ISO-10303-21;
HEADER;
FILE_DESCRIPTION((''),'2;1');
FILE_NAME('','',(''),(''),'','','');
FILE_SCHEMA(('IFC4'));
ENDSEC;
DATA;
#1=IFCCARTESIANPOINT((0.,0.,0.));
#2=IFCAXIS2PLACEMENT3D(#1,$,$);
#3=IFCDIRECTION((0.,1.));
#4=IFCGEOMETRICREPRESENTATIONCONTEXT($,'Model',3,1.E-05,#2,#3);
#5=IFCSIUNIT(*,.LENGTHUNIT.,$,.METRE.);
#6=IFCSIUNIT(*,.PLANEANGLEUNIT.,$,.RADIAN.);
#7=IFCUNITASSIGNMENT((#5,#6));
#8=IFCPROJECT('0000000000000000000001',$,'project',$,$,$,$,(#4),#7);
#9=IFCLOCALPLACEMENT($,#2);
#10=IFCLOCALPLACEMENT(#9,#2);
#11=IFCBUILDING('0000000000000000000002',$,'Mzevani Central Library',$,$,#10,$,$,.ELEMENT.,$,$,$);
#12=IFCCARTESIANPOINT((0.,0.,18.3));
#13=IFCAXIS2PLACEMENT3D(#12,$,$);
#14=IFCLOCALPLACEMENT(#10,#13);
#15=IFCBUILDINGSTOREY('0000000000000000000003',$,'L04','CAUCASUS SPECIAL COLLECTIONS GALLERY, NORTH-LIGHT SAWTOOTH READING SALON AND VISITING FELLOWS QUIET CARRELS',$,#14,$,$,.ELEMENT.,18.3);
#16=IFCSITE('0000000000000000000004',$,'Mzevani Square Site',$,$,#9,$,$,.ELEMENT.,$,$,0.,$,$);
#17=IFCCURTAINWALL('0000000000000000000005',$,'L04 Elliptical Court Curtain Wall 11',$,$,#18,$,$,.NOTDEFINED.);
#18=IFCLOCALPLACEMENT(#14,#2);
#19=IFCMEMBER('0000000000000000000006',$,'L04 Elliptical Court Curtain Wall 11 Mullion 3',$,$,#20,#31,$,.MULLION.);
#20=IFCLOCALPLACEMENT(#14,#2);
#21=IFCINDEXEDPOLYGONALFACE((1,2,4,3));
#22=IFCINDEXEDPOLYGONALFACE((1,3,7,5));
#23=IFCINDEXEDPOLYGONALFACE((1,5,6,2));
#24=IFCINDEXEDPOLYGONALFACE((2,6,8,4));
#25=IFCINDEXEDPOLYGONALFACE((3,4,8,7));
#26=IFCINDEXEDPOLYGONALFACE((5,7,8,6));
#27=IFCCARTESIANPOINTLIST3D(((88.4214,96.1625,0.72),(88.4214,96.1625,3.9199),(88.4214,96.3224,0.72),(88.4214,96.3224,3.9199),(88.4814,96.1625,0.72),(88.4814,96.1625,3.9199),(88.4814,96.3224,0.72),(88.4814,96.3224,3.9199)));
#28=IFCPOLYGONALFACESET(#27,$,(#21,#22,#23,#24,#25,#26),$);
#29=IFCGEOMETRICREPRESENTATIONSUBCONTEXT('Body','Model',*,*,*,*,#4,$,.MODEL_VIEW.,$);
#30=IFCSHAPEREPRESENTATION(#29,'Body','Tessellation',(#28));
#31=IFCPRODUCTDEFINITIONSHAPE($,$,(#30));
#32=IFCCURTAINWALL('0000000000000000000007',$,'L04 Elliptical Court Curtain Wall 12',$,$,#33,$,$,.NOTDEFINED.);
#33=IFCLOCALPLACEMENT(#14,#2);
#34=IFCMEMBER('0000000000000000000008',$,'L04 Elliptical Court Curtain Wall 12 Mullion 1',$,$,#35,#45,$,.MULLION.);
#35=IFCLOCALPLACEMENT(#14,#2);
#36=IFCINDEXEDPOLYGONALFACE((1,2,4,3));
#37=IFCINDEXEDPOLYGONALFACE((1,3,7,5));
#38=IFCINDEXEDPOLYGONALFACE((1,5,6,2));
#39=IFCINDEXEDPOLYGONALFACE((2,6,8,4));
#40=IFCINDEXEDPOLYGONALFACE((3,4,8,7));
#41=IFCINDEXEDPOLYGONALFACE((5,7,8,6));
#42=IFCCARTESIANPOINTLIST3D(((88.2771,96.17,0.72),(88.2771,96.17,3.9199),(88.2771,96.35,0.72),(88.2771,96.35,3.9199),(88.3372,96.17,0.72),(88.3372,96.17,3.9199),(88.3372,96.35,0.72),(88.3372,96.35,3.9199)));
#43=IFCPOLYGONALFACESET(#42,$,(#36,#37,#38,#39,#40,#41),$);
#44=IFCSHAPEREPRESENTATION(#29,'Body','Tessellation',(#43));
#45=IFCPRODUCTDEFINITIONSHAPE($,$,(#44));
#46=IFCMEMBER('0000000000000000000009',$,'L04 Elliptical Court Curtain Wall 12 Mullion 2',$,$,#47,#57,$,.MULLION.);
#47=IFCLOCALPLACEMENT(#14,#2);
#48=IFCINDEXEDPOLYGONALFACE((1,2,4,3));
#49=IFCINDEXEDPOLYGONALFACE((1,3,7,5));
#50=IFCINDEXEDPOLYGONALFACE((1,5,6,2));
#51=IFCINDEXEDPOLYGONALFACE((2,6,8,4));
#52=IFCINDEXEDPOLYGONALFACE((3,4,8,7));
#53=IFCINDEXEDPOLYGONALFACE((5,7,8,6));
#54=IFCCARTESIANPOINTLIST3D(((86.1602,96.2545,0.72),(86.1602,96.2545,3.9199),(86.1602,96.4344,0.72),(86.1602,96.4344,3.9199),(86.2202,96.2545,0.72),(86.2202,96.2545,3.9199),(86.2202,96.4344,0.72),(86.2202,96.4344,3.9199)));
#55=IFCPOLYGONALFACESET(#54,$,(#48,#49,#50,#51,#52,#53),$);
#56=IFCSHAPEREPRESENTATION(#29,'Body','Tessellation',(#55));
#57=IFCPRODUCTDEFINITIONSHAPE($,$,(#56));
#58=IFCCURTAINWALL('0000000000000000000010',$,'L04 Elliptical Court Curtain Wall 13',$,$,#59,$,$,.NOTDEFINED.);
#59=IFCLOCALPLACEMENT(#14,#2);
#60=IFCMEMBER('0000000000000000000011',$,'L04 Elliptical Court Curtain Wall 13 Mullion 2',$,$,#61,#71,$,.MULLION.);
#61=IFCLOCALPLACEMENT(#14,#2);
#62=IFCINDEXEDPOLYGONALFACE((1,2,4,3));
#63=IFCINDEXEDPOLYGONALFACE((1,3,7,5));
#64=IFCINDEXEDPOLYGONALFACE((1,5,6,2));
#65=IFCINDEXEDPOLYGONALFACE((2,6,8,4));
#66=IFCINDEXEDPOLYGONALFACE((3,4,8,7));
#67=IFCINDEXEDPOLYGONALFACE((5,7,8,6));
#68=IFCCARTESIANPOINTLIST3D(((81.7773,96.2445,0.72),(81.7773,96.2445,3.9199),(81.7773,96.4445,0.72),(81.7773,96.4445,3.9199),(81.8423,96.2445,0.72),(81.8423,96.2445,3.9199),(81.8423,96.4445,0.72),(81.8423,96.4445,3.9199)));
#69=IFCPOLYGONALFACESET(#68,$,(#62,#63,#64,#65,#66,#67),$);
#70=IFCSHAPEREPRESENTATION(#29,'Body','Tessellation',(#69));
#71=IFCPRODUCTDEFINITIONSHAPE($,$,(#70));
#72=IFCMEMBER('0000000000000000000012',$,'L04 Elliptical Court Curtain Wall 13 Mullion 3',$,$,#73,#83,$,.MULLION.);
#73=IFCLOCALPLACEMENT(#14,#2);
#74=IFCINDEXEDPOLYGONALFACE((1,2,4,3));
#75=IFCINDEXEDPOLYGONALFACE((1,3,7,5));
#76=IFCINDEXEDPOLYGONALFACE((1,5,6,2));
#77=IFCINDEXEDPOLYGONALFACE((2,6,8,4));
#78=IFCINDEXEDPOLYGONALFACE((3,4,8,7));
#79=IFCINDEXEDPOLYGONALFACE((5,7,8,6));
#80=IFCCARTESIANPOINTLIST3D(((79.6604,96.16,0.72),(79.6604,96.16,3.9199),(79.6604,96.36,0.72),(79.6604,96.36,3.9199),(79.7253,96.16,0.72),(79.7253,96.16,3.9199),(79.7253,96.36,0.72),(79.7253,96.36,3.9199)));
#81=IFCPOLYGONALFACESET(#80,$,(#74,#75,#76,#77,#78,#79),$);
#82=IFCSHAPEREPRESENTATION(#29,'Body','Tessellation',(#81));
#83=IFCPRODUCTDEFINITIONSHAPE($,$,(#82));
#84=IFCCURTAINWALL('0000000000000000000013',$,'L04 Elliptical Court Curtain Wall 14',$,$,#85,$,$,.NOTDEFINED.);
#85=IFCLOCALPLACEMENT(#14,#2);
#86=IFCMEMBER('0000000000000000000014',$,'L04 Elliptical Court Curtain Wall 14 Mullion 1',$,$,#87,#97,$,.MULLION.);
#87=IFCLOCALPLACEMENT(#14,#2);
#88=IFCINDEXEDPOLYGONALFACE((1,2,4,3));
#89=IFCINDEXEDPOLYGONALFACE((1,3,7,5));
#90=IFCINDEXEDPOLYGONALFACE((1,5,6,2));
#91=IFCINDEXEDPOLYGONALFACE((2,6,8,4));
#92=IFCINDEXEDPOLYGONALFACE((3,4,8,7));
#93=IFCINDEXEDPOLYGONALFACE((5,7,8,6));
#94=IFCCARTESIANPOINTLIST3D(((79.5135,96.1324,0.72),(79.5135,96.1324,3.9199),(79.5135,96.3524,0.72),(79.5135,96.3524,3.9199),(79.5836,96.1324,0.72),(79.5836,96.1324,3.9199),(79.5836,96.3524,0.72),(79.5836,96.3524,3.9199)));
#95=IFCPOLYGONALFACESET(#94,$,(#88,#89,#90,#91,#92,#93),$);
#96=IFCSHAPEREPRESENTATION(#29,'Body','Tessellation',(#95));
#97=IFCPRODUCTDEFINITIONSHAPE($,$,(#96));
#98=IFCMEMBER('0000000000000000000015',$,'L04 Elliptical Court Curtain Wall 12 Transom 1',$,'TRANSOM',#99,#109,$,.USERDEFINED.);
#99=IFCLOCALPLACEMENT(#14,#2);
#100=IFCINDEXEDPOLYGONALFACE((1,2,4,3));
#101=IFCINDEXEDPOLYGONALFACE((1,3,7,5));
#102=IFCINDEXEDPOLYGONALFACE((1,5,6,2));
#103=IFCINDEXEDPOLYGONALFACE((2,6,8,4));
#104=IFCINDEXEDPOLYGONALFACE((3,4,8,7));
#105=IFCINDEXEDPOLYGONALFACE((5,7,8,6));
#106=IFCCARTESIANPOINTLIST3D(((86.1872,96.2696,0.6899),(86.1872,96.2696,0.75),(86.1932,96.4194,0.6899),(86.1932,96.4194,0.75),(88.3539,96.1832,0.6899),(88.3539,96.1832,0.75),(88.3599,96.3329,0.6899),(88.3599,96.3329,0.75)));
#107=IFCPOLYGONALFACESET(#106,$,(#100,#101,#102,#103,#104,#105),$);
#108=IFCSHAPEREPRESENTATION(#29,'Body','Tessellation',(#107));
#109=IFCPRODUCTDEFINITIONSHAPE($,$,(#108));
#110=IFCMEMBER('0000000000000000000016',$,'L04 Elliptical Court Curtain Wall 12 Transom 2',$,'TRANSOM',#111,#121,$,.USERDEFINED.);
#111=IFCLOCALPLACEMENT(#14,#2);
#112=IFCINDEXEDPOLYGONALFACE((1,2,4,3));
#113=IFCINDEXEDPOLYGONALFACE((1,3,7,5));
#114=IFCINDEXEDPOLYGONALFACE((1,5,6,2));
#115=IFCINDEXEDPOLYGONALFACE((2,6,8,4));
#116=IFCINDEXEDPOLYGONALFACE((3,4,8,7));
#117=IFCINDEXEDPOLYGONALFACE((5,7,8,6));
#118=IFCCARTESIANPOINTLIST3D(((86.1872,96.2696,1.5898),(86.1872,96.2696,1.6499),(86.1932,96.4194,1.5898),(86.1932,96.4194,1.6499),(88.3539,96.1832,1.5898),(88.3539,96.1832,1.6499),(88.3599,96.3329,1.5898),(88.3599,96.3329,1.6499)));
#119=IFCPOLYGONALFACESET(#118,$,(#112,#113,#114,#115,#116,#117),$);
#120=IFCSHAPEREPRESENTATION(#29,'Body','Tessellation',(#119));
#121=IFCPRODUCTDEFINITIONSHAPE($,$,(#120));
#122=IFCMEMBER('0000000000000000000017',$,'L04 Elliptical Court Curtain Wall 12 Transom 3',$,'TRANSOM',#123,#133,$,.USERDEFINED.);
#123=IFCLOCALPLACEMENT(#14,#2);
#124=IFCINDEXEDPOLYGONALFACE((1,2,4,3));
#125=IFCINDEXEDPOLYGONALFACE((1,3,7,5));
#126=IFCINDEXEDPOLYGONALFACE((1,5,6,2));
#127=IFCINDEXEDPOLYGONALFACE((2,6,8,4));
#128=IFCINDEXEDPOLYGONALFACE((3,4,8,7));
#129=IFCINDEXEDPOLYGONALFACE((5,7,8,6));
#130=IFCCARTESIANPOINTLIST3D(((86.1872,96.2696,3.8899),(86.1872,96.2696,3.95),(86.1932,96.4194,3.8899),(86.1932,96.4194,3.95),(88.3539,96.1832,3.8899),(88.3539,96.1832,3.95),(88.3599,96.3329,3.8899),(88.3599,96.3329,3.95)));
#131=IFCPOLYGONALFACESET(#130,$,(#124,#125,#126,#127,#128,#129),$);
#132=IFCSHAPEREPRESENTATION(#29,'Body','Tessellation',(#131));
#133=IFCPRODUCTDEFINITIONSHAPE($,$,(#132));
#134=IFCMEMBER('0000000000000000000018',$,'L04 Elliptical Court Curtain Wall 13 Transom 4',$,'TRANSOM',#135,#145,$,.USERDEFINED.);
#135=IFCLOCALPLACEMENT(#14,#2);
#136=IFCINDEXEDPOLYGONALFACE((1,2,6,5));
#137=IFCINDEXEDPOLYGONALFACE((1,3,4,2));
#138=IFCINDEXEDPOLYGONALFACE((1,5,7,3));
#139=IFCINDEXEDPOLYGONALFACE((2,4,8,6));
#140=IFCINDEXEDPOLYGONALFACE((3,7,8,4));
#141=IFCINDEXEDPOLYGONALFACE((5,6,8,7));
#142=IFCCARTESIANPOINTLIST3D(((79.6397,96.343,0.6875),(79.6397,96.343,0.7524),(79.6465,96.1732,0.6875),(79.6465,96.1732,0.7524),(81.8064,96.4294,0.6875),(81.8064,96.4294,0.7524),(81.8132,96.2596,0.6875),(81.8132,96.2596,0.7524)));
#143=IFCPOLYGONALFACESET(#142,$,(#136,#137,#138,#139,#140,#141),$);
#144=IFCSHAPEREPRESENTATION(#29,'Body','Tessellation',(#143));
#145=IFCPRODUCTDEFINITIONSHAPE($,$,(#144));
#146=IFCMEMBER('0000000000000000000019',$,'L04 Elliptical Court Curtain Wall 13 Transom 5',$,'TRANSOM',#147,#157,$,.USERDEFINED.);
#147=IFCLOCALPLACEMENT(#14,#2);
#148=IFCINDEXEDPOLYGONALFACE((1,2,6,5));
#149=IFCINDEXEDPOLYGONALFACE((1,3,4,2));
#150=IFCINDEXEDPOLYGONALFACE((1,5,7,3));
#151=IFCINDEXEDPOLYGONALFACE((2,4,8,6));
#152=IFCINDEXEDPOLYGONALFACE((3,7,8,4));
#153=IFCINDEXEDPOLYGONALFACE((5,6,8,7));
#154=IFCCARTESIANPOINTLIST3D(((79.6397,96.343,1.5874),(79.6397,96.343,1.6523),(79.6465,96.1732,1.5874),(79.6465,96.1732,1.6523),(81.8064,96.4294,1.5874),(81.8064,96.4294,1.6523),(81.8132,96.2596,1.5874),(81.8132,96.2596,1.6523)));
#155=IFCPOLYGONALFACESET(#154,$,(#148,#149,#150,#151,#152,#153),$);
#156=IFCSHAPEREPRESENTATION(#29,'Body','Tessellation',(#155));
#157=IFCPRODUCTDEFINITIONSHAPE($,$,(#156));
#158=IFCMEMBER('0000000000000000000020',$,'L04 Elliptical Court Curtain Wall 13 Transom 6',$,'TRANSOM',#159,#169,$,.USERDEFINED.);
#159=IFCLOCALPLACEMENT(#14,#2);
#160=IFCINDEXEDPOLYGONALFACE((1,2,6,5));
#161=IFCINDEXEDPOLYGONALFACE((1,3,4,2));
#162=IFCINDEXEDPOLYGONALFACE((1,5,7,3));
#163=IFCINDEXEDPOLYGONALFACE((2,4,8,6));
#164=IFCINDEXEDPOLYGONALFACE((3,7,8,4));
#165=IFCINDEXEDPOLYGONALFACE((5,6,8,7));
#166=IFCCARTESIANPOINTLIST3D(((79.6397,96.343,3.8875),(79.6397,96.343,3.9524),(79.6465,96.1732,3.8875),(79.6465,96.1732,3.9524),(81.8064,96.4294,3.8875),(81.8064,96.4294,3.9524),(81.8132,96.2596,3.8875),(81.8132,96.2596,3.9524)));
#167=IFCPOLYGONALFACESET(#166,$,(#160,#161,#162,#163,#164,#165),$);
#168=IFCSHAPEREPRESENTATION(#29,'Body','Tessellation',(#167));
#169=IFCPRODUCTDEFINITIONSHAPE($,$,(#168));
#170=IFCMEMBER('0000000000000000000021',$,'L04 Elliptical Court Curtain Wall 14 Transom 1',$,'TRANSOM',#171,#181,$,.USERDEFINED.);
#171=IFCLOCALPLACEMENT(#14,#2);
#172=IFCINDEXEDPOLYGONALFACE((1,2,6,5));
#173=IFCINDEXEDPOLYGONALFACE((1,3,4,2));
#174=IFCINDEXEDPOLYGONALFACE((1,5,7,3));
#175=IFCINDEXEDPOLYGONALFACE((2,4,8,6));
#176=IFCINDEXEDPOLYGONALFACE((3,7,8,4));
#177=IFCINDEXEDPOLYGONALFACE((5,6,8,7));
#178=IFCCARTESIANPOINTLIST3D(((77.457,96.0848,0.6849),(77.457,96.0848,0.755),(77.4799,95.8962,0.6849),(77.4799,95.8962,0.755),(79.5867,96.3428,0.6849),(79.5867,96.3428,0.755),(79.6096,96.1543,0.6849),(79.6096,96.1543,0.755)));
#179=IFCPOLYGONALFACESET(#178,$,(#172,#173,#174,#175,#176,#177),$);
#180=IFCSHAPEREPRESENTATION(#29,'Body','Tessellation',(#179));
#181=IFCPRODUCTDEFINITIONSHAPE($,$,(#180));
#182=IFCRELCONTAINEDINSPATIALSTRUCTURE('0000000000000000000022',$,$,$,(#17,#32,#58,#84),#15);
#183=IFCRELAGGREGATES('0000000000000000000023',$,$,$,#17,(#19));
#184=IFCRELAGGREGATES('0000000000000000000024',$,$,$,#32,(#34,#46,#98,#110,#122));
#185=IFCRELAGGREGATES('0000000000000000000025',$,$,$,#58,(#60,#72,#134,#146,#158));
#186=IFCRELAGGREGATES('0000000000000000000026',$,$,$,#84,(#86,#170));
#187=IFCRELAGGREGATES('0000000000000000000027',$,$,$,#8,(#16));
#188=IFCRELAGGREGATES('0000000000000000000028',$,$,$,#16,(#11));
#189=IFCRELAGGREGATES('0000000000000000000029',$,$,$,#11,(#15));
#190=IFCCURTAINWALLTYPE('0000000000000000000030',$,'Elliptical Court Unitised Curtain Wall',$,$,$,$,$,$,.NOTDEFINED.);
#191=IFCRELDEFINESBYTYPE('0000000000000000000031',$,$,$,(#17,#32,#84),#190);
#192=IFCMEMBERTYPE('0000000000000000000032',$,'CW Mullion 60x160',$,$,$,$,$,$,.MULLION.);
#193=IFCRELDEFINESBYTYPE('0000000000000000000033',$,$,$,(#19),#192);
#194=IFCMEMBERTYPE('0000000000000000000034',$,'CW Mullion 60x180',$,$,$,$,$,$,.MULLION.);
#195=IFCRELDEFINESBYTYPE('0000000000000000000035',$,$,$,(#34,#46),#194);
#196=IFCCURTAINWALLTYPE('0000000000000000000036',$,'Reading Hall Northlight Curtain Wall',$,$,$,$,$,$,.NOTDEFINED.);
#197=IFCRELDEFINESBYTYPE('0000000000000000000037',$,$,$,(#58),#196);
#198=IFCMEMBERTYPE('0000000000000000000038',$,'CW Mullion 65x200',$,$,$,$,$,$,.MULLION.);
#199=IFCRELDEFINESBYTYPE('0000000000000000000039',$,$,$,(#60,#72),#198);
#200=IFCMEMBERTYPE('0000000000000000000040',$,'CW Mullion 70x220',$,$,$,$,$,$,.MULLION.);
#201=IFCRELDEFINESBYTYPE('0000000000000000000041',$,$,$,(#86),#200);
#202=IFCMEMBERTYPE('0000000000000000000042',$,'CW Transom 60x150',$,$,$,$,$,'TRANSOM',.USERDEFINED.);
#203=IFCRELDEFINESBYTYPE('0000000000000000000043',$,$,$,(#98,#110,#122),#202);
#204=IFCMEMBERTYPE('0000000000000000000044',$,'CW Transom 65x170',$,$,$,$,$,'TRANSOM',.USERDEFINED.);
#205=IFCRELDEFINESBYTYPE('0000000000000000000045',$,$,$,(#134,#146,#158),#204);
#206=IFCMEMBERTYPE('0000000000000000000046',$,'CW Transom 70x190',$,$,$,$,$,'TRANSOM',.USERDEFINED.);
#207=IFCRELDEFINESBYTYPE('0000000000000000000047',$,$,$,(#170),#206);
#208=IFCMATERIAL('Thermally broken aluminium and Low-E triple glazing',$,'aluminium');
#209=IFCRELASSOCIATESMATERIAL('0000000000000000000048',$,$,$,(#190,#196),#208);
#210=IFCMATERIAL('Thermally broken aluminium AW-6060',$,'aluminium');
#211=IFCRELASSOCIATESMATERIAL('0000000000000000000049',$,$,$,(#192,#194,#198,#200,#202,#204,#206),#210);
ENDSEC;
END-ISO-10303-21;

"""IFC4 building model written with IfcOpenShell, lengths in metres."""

from ifc_helpers import new_model, si_unit, direction, frame, origin, origin_2d, place, context, subcontext, project, spatial, rectangle, extrude, material, material_profile, profile_set, type_object, element, aggregate, save


model = new_model("IFC4")

# Units and contexts
model_context = context("Model", 3, precision=1e-05, world=origin(), true_north=direction((0.0, 1.0)))
body_context = subcontext(model_context, "Body", "Model", "MODEL_VIEW")
ifc_project = project(units=[si_unit("LENGTHUNIT", "METRE"), si_unit("PLANEANGLEUNIT", "RADIAN")], contexts=[model_context])

# Site, building, storey
site_placement = place(None, origin())
site = spatial("IfcSite", under=ifc_project, at=site_placement, Name="Mzevani Square Site", CompositionType="ELEMENT", RefElevation=0.0)
building_placement = place(site_placement, origin())
building = spatial("IfcBuilding", under=site, at=building_placement, Name="Mzevani Central Library", CompositionType="ELEMENT")
storey_placement = place(building_placement, frame((0.0, 0.0, 18.3)))
storey = spatial("IfcBuildingStorey", under=building, at=storey_placement, Name="L04", Description="CAUCASUS SPECIAL COLLECTIONS GALLERY, NORTH-LIGHT SAWTOOTH READING SALON AND VISITING FELLOWS QUIET CARRELS", CompositionType="ELEMENT", Elevation=18.3)

# Curtain wall, member
ifc_material_1 = material(Name="Thermally broken aluminium and Low-E triple glazing", Category="aluminium")
curtain_wall_type_1 = type_object("IfcCurtainWallType", Name="Elliptical Court Unitised Curtain Wall", PredefinedType="NOTDEFINED", material=ifc_material_1)
curtain_wall_1_placement = place(storey_placement, origin())
curtain_wall_1 = element("IfcCurtainWall", 1, at=curtain_wall_1_placement, inside=storey, type_object=curtain_wall_type_1, Name="L04 Elliptical Court Curtain Wall 11", PredefinedType="NOTDEFINED")
ifc_material_2 = material(Name="Thermally broken aluminium AW-6060", Category="aluminium")
ifc_material_profile_1 = material_profile(ifc_material_2, rectangle(XDim=0.0601, YDim=0.1599, at=origin_2d()), Name="ALU M60x160")
ifc_profile_set_1 = profile_set([ifc_material_profile_1], Name="Thermally broken aluminium AW-6060")
member_type_1 = type_object("IfcMemberType", Name="CW Mullion 60x160", PredefinedType="MULLION", material=ifc_profile_set_1)
member_1_placement = place(storey_placement, frame((88.4514, 96.2424, 0.72), z_axis=(0.0, 0.0, 1.0), x_axis=(1.0, 0.0, 0.0)))
member_1 = element("IfcMember", 2, at=member_1_placement, type_object=member_type_1, Name="L04 Elliptical Court Curtain Wall 11 Mullion 3", PredefinedType="MULLION", context=body_context, shape_type="SweptSolid", body=[
    extrude(rectangle(XDim=0.0601, YDim=0.1599, at=origin_2d()), origin(), (0.0, 0.0, 1.0), 3.2),
])

# Curtain walls, members
curtain_wall_2_placement = place(storey_placement, origin())
curtain_wall_2 = element("IfcCurtainWall", 3, at=curtain_wall_2_placement, inside=storey, type_object=curtain_wall_type_1, Name="L04 Elliptical Court Curtain Wall 12", PredefinedType="NOTDEFINED")
ifc_material_profile_2 = material_profile(ifc_material_2, rectangle(XDim=0.0601, YDim=0.1799, at=origin_2d()), Name="ALU M60x180")
ifc_profile_set_2 = profile_set([ifc_material_profile_2], Name="Thermally broken aluminium AW-6060")
member_type_2 = type_object("IfcMemberType", Name="CW Mullion 60x180", PredefinedType="MULLION", material=ifc_profile_set_2)
member_2_placement = place(storey_placement, frame((88.3071, 96.26, 0.72), z_axis=(0.0, 0.0, 1.0), x_axis=(1.0, 0.0, 0.0)))
member_2 = element("IfcMember", 4, at=member_2_placement, type_object=member_type_2, Name="L04 Elliptical Court Curtain Wall 12 Mullion 1", PredefinedType="MULLION", context=body_context, shape_type="SweptSolid", body=[
    extrude(rectangle(XDim=0.0601, YDim=0.1799, at=origin_2d()), origin(), (0.0, 0.0, 1.0), 3.2),
])
member_3_placement = place(storey_placement, frame((86.1902, 96.3445, 0.72), z_axis=(0.0, 0.0, 1.0), x_axis=(1.0, 0.0, 0.0)))
member_3 = element("IfcMember", 5, at=member_3_placement, type_object=member_type_2, Name="L04 Elliptical Court Curtain Wall 12 Mullion 2", PredefinedType="MULLION", context=body_context, shape_type="SweptSolid", body=[
    extrude(rectangle(XDim=0.0601, YDim=0.1799, at=origin_2d()), origin(), (0.0, 0.0, 1.0), 3.2),
])
curtain_wall_type_2 = type_object("IfcCurtainWallType", Name="Reading Hall Northlight Curtain Wall", PredefinedType="NOTDEFINED", material=ifc_material_1)
curtain_wall_3_placement = place(storey_placement, origin())
curtain_wall_3 = element("IfcCurtainWall", 6, at=curtain_wall_3_placement, inside=storey, type_object=curtain_wall_type_2, Name="L04 Elliptical Court Curtain Wall 13", PredefinedType="NOTDEFINED")
ifc_material_profile_3 = material_profile(ifc_material_2, rectangle(XDim=0.0649, YDim=0.2, at=origin_2d()), Name="ALU M65x200")
ifc_profile_set_3 = profile_set([ifc_material_profile_3], Name="Thermally broken aluminium AW-6060")
member_type_3 = type_object("IfcMemberType", Name="CW Mullion 65x200", PredefinedType="MULLION", material=ifc_profile_set_3)
member_4_placement = place(storey_placement, frame((81.8098, 96.3445, 0.72), z_axis=(0.0, 0.0, 1.0), x_axis=(1.0, 0.0, 0.0)))
member_4 = element("IfcMember", 7, at=member_4_placement, type_object=member_type_3, Name="L04 Elliptical Court Curtain Wall 13 Mullion 2", PredefinedType="MULLION", context=body_context, shape_type="SweptSolid", body=[
    extrude(rectangle(XDim=0.0649, YDim=0.2, at=origin_2d()), origin(), (0.0, 0.0, 1.0), 3.2),
])
member_5_placement = place(storey_placement, frame((79.6929, 96.26, 0.72), z_axis=(0.0, 0.0, 1.0), x_axis=(1.0, 0.0, 0.0)))
member_5 = element("IfcMember", 8, at=member_5_placement, type_object=member_type_3, Name="L04 Elliptical Court Curtain Wall 13 Mullion 3", PredefinedType="MULLION", context=body_context, shape_type="SweptSolid", body=[
    extrude(rectangle(XDim=0.0649, YDim=0.2, at=origin_2d()), origin(), (0.0, 0.0, 1.0), 3.2),
])

# Curtain wall, member
curtain_wall_4_placement = place(storey_placement, origin())
curtain_wall_4 = element("IfcCurtainWall", 9, at=curtain_wall_4_placement, inside=storey, type_object=curtain_wall_type_1, Name="L04 Elliptical Court Curtain Wall 14", PredefinedType="NOTDEFINED")
ifc_material_profile_4 = material_profile(ifc_material_2, rectangle(XDim=0.0701, YDim=0.22, at=origin_2d()), Name="ALU M70x220")
ifc_profile_set_4 = profile_set([ifc_material_profile_4], Name="Thermally broken aluminium AW-6060")
member_type_4 = type_object("IfcMemberType", Name="CW Mullion 70x220", PredefinedType="MULLION", material=ifc_profile_set_4)
member_6_placement = place(storey_placement, frame((79.5486, 96.2424, 0.72), z_axis=(0.0, 0.0, 1.0), x_axis=(1.0, 0.0, 0.0)))
member_6 = element("IfcMember", 10, at=member_6_placement, type_object=member_type_4, Name="L04 Elliptical Court Curtain Wall 14 Mullion 1", PredefinedType="MULLION", context=body_context, shape_type="SweptSolid", body=[
    extrude(rectangle(XDim=0.0701, YDim=0.22, at=origin_2d()), origin(), (0.0, 0.0, 1.0), 3.2),
])

# Members
ifc_material_profile_5 = material_profile(ifc_material_2, rectangle(XDim=0.1499, YDim=0.0601, at=origin_2d()), Name="ALU T60x150")
ifc_profile_set_5 = profile_set([ifc_material_profile_5], Name="Thermally broken aluminium AW-6060")
member_type_5 = type_object("IfcMemberType", Name="CW Transom 60x150", ElementType="TRANSOM", PredefinedType="USERDEFINED", material=ifc_profile_set_5)
member_7_placement = place(storey_placement, frame((88.3569, 96.2581, 0.72), z_axis=(-0.999205, 0.039856, 0.0), x_axis=(-0.039856, -0.999205, 0.0)))
member_7 = element("IfcMember", 11, at=member_7_placement, type_object=member_type_5, Name="L04 Elliptical Court Curtain Wall 12 Transom 1", ObjectType="TRANSOM", PredefinedType="USERDEFINED", context=body_context, shape_type="SweptSolid", body=[
    extrude(rectangle(XDim=0.1499, YDim=0.0601, at=origin_2d()), origin(), (0.0, 0.0, 1.0), 2.1685),
])
member_8_placement = place(storey_placement, frame((88.3569, 96.2581, 1.6199), z_axis=(-0.999205, 0.039856, 0.0), x_axis=(-0.039856, -0.999205, 0.0)))
member_8 = element("IfcMember", 12, at=member_8_placement, type_object=member_type_5, Name="L04 Elliptical Court Curtain Wall 12 Transom 2", ObjectType="TRANSOM", PredefinedType="USERDEFINED", context=body_context, shape_type="SweptSolid", body=[
    extrude(rectangle(XDim=0.1499, YDim=0.0601, at=origin_2d()), origin(), (0.0, 0.0, 1.0), 2.1685),
])
member_9_placement = place(storey_placement, frame((88.3569, 96.2581, 3.9199), z_axis=(-0.999205, 0.039856, 0.0), x_axis=(-0.039856, -0.999205, 0.0)))
member_9 = element("IfcMember", 13, at=member_9_placement, type_object=member_type_5, Name="L04 Elliptical Court Curtain Wall 12 Transom 3", ObjectType="TRANSOM", PredefinedType="USERDEFINED", context=body_context, shape_type="SweptSolid", body=[
    extrude(rectangle(XDim=0.1499, YDim=0.0601, at=origin_2d()), origin(), (0.0, 0.0, 1.0), 2.1685),
])
ifc_material_profile_6 = material_profile(ifc_material_2, rectangle(XDim=0.1699, YDim=0.0649, at=origin_2d()), Name="ALU T65x170")
ifc_profile_set_6 = profile_set([ifc_material_profile_6], Name="Thermally broken aluminium AW-6060")
member_type_6 = type_object("IfcMemberType", Name="CW Transom 65x170", ElementType="TRANSOM", PredefinedType="USERDEFINED", material=ifc_profile_set_6)
member_10_placement = place(storey_placement, frame((81.8098, 96.3445, 0.72), z_axis=(-0.999205, -0.039856, 0.0), x_axis=(0.039856, -0.999205, 0.0)))
member_10 = element("IfcMember", 14, at=member_10_placement, type_object=member_type_6, Name="L04 Elliptical Court Curtain Wall 13 Transom 4", ObjectType="TRANSOM", PredefinedType="USERDEFINED", context=body_context, shape_type="SweptSolid", body=[
    extrude(rectangle(XDim=0.1699, YDim=0.0649, at=origin_2d()), origin(), (0.0, 0.0, 1.0), 2.1685),
])
member_11_placement = place(storey_placement, frame((81.8098, 96.3445, 1.6199), z_axis=(-0.999205, -0.039856, 0.0), x_axis=(0.039856, -0.999205, 0.0)))
member_11 = element("IfcMember", 15, at=member_11_placement, type_object=member_type_6, Name="L04 Elliptical Court Curtain Wall 13 Transom 5", ObjectType="TRANSOM", PredefinedType="USERDEFINED", context=body_context, shape_type="SweptSolid", body=[
    extrude(rectangle(XDim=0.1699, YDim=0.0649, at=origin_2d()), origin(), (0.0, 0.0, 1.0), 2.1685),
])
member_12_placement = place(storey_placement, frame((81.8098, 96.3445, 3.9199), z_axis=(-0.999205, -0.039856, 0.0), x_axis=(0.039856, -0.999205, 0.0)))
member_12 = element("IfcMember", 16, at=member_12_placement, type_object=member_type_6, Name="L04 Elliptical Court Curtain Wall 13 Transom 6", ObjectType="TRANSOM", PredefinedType="USERDEFINED", context=body_context, shape_type="SweptSolid", body=[
    extrude(rectangle(XDim=0.1699, YDim=0.0649, at=origin_2d()), origin(), (0.0, 0.0, 1.0), 2.1685),
])
ifc_material_profile_7 = material_profile(ifc_material_2, rectangle(XDim=0.1899, YDim=0.0701, at=origin_2d()), Name="ALU T70x190")
ifc_profile_set_7 = profile_set([ifc_material_profile_7], Name="Thermally broken aluminium AW-6060")
member_type_7 = type_object("IfcMemberType", Name="CW Transom 70x190", ElementType="TRANSOM", PredefinedType="USERDEFINED", material=ifc_profile_set_7)
member_13_placement = place(storey_placement, frame((79.5981, 96.2485, 0.72), z_axis=(-0.992738, -0.120294, 0.0), x_axis=(0.120294, -0.992738, 0.0)))
member_13 = element("IfcMember", 17, at=member_13_placement, type_object=member_type_7, Name="L04 Elliptical Court Curtain Wall 14 Transom 1", ObjectType="TRANSOM", PredefinedType="USERDEFINED", context=body_context, shape_type="SweptSolid", body=[
    extrude(rectangle(XDim=0.1899, YDim=0.0701, at=origin_2d()), origin(), (0.0, 0.0, 1.0), 2.1453),
])

aggregate(curtain_wall_1, [member_1])
aggregate(curtain_wall_2, [member_2, member_3, member_7, member_8, member_9])
aggregate(curtain_wall_3, [member_4, member_5, member_10, member_11, member_12])
aggregate(curtain_wall_4, [member_6, member_13])

save(model, "model.ifc")
